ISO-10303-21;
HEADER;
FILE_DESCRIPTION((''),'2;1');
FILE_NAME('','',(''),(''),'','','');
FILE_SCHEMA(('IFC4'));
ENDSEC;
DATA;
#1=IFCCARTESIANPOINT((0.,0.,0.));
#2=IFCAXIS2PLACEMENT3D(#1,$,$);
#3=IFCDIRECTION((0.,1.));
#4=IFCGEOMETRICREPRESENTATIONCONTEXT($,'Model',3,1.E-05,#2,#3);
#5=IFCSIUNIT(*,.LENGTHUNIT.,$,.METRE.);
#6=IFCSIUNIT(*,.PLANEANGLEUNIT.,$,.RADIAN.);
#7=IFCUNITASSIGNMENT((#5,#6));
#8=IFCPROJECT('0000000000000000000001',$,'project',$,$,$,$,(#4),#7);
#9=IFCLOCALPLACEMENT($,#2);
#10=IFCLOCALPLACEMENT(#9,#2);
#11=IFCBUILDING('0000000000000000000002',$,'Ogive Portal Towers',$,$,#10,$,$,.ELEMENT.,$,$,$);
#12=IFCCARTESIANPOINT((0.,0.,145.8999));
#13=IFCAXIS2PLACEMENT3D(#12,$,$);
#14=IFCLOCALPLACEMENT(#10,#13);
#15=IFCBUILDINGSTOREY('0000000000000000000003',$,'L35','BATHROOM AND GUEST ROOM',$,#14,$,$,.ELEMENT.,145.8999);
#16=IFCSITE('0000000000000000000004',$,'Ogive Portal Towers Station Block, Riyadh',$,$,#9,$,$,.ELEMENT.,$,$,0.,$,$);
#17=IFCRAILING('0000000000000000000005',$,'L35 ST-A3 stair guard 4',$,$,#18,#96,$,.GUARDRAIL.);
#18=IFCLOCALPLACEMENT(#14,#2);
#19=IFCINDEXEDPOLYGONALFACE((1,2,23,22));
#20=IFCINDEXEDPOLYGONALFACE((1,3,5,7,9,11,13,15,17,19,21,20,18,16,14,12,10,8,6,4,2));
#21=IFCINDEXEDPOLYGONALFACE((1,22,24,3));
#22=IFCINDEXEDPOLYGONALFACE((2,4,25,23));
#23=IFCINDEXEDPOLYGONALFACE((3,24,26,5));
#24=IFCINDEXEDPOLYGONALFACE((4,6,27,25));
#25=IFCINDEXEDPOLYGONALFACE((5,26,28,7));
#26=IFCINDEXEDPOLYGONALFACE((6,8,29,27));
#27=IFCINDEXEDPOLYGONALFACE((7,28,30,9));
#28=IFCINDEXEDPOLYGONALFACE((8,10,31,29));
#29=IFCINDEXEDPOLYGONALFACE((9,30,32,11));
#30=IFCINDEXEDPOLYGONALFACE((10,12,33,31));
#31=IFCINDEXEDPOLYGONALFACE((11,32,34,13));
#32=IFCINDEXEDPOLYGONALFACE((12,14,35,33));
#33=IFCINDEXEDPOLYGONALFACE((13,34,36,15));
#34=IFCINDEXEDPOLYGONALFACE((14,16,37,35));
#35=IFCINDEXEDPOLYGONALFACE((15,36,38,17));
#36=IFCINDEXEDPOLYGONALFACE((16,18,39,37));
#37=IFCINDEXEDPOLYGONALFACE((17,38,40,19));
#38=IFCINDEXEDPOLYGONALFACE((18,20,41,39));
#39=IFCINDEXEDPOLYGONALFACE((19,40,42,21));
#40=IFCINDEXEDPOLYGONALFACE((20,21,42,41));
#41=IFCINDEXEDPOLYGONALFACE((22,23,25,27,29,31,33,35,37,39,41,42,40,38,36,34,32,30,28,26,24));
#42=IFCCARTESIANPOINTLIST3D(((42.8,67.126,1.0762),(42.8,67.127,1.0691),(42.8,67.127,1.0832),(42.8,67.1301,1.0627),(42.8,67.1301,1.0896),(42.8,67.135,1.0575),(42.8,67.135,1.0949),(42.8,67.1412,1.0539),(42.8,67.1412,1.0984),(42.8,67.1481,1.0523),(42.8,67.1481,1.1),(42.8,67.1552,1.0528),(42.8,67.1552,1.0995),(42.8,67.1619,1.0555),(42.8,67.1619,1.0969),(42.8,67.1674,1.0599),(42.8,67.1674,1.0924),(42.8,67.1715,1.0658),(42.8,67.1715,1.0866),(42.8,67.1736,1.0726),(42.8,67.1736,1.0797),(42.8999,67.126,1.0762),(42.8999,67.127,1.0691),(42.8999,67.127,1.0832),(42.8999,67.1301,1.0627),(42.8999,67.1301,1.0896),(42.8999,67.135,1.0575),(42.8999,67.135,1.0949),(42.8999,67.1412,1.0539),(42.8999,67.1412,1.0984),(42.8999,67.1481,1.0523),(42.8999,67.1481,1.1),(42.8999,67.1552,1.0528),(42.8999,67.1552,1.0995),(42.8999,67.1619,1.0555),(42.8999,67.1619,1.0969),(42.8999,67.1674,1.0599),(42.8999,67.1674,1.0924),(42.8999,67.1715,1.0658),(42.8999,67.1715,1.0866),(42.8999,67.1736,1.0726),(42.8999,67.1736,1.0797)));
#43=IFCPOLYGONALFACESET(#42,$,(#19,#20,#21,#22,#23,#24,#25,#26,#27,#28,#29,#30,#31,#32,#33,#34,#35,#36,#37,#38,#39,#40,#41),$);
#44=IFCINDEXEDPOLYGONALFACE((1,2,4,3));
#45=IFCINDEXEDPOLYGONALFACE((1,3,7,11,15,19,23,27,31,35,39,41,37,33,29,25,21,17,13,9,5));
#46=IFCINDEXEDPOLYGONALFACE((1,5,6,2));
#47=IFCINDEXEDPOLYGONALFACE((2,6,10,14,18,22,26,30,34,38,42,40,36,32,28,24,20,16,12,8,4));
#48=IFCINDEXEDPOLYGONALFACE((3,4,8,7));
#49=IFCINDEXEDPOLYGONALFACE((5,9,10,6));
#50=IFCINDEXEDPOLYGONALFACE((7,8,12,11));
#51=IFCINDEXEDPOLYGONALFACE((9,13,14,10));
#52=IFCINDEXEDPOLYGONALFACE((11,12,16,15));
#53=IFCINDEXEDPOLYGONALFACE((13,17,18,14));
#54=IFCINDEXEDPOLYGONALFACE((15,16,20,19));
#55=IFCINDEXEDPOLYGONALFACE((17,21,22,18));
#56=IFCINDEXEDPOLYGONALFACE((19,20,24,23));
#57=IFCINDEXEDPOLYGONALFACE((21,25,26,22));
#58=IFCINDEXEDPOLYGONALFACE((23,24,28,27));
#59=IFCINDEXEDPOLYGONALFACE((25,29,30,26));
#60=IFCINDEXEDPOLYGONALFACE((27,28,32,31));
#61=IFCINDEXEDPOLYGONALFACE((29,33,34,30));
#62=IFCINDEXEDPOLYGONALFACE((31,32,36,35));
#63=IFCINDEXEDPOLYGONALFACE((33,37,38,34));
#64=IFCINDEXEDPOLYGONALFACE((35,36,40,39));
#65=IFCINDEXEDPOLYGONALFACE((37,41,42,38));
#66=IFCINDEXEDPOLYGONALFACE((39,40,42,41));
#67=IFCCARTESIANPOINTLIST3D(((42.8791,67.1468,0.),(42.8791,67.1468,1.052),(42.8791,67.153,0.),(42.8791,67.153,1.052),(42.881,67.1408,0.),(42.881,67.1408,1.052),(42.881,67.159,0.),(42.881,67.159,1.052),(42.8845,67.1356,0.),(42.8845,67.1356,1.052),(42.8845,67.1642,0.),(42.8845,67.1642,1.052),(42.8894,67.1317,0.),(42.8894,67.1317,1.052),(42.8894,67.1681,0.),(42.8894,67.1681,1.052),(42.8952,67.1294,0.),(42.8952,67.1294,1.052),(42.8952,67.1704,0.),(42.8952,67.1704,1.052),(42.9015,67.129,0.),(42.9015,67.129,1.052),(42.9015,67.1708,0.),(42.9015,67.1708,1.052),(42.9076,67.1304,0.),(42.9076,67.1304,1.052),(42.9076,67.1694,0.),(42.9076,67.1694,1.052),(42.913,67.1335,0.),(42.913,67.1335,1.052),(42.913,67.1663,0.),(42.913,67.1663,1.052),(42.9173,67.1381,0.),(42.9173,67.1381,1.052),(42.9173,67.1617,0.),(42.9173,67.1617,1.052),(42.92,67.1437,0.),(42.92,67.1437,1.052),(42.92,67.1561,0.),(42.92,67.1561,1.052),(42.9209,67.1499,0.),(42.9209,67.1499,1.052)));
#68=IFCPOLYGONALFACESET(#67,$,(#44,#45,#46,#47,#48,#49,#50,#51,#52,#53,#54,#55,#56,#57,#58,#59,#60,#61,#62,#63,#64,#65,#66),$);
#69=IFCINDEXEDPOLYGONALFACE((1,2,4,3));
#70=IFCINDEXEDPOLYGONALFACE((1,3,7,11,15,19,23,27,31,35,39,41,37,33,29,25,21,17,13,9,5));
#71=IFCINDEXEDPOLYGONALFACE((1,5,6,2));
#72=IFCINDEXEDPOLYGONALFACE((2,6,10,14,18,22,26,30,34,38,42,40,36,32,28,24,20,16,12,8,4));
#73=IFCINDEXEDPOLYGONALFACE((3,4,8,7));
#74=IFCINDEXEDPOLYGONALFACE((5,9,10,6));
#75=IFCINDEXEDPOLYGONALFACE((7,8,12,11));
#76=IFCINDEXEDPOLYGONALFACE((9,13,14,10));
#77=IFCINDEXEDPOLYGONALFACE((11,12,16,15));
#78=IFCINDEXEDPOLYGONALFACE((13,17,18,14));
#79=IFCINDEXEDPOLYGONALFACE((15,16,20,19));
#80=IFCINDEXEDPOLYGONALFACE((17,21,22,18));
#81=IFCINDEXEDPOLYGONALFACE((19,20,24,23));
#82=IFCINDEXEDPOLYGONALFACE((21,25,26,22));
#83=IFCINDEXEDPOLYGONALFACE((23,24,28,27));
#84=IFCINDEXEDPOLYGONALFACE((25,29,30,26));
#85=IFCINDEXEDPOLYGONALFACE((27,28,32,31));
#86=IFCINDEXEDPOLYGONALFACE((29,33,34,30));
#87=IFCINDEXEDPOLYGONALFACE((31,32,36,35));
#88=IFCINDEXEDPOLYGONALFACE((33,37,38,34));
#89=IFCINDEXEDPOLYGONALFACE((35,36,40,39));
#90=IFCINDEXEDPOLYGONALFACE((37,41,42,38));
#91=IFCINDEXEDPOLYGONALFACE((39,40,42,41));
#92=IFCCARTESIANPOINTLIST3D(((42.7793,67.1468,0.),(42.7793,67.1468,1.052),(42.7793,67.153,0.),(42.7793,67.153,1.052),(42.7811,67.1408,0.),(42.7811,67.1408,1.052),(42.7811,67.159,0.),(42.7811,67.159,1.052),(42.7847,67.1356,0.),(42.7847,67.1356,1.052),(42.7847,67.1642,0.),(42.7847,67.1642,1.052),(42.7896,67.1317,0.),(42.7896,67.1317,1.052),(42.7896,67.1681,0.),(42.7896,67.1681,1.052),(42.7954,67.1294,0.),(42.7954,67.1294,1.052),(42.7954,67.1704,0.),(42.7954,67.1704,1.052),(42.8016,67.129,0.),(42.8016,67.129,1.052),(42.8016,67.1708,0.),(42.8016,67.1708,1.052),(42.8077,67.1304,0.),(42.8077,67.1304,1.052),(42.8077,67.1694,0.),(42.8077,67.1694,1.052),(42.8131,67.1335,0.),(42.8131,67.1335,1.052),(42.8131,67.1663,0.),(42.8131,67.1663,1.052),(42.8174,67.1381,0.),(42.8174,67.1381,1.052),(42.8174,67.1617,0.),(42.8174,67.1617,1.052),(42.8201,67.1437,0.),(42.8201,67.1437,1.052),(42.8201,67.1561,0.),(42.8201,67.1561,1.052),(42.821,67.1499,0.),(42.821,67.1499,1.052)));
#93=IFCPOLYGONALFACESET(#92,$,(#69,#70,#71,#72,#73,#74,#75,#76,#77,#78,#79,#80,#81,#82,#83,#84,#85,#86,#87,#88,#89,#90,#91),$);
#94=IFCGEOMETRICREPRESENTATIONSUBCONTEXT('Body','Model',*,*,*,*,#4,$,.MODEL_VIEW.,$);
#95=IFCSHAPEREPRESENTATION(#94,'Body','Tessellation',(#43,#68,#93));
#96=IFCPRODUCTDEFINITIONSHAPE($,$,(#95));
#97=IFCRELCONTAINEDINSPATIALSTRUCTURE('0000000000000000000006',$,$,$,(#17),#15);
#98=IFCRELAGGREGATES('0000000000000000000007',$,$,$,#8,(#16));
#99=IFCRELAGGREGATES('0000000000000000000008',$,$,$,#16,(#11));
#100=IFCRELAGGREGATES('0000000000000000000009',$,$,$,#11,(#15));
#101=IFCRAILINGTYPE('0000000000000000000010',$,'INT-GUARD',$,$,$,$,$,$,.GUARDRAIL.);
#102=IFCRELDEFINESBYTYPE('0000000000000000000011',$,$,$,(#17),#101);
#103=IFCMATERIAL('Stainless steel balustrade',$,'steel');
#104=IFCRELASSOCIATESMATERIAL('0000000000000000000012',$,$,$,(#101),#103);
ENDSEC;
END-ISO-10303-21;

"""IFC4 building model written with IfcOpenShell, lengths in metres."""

from ifc_helpers import new_model, si_unit, direction, frame, origin, origin_2d, place, context, subcontext, project, spatial, circle, extrude, material, type_object, element, save


model = new_model("IFC4")

# Units and contexts
model_context = context("Model", 3, precision=1e-05, world=origin(), true_north=direction((0.0, 1.0)))
body_context = subcontext(model_context, "Body", "Model", "MODEL_VIEW")
ifc_project = project(units=[si_unit("LENGTHUNIT", "METRE"), si_unit("PLANEANGLEUNIT", "RADIAN")], contexts=[model_context])

# Site, building, storey
site_placement = place(None, origin())
site = spatial("IfcSite", under=ifc_project, at=site_placement, Name="Ogive Portal Towers Station Block, Riyadh", CompositionType="ELEMENT", RefElevation=0.0)
building_placement = place(site_placement, origin())
building = spatial("IfcBuilding", under=site, at=building_placement, Name="Ogive Portal Towers", CompositionType="ELEMENT")
storey_placement = place(building_placement, frame((0.0, 0.0, 145.8999)))
storey = spatial("IfcBuildingStorey", under=building, at=storey_placement, Name="L35", Description="BATHROOM AND GUEST ROOM", CompositionType="ELEMENT", Elevation=145.8999)

# Railing
ifc_material_1 = material(Name="Stainless steel balustrade", Category="steel")
railing_type_1 = type_object("IfcRailingType", Name="INT-GUARD", PredefinedType="GUARDRAIL", material=ifc_material_1)
railing_1_placement = place(storey_placement, frame((42.8999, 67.1499, 0.0)))
element("IfcRailing", 1, at=railing_1_placement, inside=storey, type_object=railing_type_1, Name="L35 ST-A3 stair guard 4", PredefinedType="GUARDRAIL", context=body_context, shape_type="SweptSolid", body=[
    extrude(circle(Radius=0.0239, at=origin_2d()), frame((0.0, 0.0, 1.0762), z_axis=(-1.0, 0.0, 0.0), x_axis=(0.0, -1.0, 0.0)), (0.0, 0.0, 1.0), 0.0999),
    extrude(circle(Radius=0.021, at=origin_2d()), origin(), (0.0, 0.0, 1.0), 1.052),
    extrude(circle(Radius=0.021, at=origin_2d()), frame((-0.0999, 0.0, 0.0)), (0.0, 0.0, 1.0), 1.052),
])

save(model, "model.ifc")
